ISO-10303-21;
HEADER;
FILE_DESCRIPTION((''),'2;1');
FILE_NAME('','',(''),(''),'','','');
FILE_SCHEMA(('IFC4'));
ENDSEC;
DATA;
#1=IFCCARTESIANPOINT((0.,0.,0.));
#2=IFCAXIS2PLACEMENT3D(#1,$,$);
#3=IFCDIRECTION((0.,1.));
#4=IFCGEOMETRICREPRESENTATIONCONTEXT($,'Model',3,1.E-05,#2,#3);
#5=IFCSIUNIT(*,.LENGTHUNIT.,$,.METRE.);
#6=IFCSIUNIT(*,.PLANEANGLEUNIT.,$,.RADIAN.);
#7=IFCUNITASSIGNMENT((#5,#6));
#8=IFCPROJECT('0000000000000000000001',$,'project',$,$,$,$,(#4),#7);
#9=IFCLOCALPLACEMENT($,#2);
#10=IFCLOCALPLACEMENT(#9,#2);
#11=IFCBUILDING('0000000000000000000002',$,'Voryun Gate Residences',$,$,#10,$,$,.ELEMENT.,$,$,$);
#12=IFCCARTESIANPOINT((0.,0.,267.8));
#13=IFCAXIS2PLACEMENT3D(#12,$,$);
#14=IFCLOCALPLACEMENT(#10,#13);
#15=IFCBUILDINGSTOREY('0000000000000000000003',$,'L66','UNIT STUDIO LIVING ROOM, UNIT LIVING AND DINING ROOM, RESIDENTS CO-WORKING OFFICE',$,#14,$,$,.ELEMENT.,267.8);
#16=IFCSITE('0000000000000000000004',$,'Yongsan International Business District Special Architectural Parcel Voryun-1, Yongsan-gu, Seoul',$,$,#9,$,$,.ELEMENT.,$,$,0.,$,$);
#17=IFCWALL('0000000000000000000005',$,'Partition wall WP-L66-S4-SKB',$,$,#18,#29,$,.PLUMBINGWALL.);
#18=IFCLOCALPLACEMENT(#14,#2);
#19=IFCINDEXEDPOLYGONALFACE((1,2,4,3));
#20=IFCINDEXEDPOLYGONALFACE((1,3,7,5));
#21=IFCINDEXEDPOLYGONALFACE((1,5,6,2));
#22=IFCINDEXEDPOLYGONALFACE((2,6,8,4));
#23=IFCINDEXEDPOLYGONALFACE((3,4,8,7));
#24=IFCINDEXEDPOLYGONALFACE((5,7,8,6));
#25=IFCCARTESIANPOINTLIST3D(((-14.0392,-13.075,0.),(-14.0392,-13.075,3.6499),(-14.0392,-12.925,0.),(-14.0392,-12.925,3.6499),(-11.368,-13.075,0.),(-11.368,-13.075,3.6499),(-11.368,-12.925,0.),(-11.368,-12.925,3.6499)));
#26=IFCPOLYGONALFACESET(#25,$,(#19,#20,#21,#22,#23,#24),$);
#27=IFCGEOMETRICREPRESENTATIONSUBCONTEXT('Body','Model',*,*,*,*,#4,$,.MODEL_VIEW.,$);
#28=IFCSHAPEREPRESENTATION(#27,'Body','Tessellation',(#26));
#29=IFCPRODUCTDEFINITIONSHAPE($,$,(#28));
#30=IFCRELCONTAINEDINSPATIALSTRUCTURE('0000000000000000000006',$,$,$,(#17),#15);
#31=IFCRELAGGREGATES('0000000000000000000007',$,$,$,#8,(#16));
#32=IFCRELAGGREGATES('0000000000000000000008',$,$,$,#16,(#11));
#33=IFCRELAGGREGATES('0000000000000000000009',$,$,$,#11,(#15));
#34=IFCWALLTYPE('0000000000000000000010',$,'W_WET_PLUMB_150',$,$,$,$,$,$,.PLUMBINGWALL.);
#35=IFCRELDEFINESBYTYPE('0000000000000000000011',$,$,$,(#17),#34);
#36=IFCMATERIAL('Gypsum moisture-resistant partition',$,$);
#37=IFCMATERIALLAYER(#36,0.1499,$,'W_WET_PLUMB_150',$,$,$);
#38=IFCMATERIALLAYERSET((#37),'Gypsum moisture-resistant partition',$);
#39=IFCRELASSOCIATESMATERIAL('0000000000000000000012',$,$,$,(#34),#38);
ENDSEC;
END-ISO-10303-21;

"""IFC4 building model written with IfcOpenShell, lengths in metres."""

from ifc_helpers import new_model, si_unit, direction, frame, frame_2d, origin, place, context, subcontext, project, spatial, rectangle, extrude, material, layer, layer_set, type_object, element, save


model = new_model("IFC4")

# Units and contexts
model_context = context("Model", 3, precision=1e-05, world=origin(), true_north=direction((0.0, 1.0)))
body_context = subcontext(model_context, "Body", "Model", "MODEL_VIEW")
ifc_project = project(units=[si_unit("LENGTHUNIT", "METRE"), si_unit("PLANEANGLEUNIT", "RADIAN")], contexts=[model_context])

# Site, building, storey
site_placement = place(None, origin())
site = spatial("IfcSite", under=ifc_project, at=site_placement, Name="Yongsan International Business District Special Architectural Parcel Voryun-1, Yongsan-gu, Seoul", CompositionType="ELEMENT", RefElevation=0.0)
building_placement = place(site_placement, origin())
building = spatial("IfcBuilding", under=site, at=building_placement, Name="Voryun Gate Residences", CompositionType="ELEMENT")
storey_placement = place(building_placement, frame((0.0, 0.0, 267.8)))
storey = spatial("IfcBuildingStorey", under=building, at=storey_placement, Name="L66", Description="UNIT STUDIO LIVING ROOM, UNIT LIVING AND DINING ROOM, RESIDENTS CO-WORKING OFFICE", CompositionType="ELEMENT", Elevation=267.8)

# Shared definitions
ifc_material_1 = material(Name="Gypsum moisture-resistant partition")
ifc_layer_1 = layer(ifc_material_1, 0.1499, Name="W_WET_PLUMB_150")
ifc_layer_set_1 = layer_set([ifc_layer_1], Name="Gypsum moisture-resistant partition")
wall_type_1 = type_object("IfcWallType", Name="W_WET_PLUMB_150", PredefinedType="PLUMBINGWALL", material=ifc_layer_set_1)

# Wall
wall_1_placement = place(storey_placement, frame((-14.0391, -13.0, 0.0), z_axis=(0.0, 0.0, 1.0), x_axis=(1.0, 0.0, 0.0)))
element("IfcWall", 1, at=wall_1_placement, inside=storey, type_object=wall_type_1, Name="Partition wall WP-L66-S4-SKB", PredefinedType="PLUMBINGWALL", context=body_context, shape_type="SweptSolid", body=[
    extrude(rectangle(XDim=2.6711, YDim=0.1499, at=frame_2d((1.3354, 0.0))), origin(), (0.0, 0.0, 1.0), 3.6499),
])

save(model, "model.ifc")
